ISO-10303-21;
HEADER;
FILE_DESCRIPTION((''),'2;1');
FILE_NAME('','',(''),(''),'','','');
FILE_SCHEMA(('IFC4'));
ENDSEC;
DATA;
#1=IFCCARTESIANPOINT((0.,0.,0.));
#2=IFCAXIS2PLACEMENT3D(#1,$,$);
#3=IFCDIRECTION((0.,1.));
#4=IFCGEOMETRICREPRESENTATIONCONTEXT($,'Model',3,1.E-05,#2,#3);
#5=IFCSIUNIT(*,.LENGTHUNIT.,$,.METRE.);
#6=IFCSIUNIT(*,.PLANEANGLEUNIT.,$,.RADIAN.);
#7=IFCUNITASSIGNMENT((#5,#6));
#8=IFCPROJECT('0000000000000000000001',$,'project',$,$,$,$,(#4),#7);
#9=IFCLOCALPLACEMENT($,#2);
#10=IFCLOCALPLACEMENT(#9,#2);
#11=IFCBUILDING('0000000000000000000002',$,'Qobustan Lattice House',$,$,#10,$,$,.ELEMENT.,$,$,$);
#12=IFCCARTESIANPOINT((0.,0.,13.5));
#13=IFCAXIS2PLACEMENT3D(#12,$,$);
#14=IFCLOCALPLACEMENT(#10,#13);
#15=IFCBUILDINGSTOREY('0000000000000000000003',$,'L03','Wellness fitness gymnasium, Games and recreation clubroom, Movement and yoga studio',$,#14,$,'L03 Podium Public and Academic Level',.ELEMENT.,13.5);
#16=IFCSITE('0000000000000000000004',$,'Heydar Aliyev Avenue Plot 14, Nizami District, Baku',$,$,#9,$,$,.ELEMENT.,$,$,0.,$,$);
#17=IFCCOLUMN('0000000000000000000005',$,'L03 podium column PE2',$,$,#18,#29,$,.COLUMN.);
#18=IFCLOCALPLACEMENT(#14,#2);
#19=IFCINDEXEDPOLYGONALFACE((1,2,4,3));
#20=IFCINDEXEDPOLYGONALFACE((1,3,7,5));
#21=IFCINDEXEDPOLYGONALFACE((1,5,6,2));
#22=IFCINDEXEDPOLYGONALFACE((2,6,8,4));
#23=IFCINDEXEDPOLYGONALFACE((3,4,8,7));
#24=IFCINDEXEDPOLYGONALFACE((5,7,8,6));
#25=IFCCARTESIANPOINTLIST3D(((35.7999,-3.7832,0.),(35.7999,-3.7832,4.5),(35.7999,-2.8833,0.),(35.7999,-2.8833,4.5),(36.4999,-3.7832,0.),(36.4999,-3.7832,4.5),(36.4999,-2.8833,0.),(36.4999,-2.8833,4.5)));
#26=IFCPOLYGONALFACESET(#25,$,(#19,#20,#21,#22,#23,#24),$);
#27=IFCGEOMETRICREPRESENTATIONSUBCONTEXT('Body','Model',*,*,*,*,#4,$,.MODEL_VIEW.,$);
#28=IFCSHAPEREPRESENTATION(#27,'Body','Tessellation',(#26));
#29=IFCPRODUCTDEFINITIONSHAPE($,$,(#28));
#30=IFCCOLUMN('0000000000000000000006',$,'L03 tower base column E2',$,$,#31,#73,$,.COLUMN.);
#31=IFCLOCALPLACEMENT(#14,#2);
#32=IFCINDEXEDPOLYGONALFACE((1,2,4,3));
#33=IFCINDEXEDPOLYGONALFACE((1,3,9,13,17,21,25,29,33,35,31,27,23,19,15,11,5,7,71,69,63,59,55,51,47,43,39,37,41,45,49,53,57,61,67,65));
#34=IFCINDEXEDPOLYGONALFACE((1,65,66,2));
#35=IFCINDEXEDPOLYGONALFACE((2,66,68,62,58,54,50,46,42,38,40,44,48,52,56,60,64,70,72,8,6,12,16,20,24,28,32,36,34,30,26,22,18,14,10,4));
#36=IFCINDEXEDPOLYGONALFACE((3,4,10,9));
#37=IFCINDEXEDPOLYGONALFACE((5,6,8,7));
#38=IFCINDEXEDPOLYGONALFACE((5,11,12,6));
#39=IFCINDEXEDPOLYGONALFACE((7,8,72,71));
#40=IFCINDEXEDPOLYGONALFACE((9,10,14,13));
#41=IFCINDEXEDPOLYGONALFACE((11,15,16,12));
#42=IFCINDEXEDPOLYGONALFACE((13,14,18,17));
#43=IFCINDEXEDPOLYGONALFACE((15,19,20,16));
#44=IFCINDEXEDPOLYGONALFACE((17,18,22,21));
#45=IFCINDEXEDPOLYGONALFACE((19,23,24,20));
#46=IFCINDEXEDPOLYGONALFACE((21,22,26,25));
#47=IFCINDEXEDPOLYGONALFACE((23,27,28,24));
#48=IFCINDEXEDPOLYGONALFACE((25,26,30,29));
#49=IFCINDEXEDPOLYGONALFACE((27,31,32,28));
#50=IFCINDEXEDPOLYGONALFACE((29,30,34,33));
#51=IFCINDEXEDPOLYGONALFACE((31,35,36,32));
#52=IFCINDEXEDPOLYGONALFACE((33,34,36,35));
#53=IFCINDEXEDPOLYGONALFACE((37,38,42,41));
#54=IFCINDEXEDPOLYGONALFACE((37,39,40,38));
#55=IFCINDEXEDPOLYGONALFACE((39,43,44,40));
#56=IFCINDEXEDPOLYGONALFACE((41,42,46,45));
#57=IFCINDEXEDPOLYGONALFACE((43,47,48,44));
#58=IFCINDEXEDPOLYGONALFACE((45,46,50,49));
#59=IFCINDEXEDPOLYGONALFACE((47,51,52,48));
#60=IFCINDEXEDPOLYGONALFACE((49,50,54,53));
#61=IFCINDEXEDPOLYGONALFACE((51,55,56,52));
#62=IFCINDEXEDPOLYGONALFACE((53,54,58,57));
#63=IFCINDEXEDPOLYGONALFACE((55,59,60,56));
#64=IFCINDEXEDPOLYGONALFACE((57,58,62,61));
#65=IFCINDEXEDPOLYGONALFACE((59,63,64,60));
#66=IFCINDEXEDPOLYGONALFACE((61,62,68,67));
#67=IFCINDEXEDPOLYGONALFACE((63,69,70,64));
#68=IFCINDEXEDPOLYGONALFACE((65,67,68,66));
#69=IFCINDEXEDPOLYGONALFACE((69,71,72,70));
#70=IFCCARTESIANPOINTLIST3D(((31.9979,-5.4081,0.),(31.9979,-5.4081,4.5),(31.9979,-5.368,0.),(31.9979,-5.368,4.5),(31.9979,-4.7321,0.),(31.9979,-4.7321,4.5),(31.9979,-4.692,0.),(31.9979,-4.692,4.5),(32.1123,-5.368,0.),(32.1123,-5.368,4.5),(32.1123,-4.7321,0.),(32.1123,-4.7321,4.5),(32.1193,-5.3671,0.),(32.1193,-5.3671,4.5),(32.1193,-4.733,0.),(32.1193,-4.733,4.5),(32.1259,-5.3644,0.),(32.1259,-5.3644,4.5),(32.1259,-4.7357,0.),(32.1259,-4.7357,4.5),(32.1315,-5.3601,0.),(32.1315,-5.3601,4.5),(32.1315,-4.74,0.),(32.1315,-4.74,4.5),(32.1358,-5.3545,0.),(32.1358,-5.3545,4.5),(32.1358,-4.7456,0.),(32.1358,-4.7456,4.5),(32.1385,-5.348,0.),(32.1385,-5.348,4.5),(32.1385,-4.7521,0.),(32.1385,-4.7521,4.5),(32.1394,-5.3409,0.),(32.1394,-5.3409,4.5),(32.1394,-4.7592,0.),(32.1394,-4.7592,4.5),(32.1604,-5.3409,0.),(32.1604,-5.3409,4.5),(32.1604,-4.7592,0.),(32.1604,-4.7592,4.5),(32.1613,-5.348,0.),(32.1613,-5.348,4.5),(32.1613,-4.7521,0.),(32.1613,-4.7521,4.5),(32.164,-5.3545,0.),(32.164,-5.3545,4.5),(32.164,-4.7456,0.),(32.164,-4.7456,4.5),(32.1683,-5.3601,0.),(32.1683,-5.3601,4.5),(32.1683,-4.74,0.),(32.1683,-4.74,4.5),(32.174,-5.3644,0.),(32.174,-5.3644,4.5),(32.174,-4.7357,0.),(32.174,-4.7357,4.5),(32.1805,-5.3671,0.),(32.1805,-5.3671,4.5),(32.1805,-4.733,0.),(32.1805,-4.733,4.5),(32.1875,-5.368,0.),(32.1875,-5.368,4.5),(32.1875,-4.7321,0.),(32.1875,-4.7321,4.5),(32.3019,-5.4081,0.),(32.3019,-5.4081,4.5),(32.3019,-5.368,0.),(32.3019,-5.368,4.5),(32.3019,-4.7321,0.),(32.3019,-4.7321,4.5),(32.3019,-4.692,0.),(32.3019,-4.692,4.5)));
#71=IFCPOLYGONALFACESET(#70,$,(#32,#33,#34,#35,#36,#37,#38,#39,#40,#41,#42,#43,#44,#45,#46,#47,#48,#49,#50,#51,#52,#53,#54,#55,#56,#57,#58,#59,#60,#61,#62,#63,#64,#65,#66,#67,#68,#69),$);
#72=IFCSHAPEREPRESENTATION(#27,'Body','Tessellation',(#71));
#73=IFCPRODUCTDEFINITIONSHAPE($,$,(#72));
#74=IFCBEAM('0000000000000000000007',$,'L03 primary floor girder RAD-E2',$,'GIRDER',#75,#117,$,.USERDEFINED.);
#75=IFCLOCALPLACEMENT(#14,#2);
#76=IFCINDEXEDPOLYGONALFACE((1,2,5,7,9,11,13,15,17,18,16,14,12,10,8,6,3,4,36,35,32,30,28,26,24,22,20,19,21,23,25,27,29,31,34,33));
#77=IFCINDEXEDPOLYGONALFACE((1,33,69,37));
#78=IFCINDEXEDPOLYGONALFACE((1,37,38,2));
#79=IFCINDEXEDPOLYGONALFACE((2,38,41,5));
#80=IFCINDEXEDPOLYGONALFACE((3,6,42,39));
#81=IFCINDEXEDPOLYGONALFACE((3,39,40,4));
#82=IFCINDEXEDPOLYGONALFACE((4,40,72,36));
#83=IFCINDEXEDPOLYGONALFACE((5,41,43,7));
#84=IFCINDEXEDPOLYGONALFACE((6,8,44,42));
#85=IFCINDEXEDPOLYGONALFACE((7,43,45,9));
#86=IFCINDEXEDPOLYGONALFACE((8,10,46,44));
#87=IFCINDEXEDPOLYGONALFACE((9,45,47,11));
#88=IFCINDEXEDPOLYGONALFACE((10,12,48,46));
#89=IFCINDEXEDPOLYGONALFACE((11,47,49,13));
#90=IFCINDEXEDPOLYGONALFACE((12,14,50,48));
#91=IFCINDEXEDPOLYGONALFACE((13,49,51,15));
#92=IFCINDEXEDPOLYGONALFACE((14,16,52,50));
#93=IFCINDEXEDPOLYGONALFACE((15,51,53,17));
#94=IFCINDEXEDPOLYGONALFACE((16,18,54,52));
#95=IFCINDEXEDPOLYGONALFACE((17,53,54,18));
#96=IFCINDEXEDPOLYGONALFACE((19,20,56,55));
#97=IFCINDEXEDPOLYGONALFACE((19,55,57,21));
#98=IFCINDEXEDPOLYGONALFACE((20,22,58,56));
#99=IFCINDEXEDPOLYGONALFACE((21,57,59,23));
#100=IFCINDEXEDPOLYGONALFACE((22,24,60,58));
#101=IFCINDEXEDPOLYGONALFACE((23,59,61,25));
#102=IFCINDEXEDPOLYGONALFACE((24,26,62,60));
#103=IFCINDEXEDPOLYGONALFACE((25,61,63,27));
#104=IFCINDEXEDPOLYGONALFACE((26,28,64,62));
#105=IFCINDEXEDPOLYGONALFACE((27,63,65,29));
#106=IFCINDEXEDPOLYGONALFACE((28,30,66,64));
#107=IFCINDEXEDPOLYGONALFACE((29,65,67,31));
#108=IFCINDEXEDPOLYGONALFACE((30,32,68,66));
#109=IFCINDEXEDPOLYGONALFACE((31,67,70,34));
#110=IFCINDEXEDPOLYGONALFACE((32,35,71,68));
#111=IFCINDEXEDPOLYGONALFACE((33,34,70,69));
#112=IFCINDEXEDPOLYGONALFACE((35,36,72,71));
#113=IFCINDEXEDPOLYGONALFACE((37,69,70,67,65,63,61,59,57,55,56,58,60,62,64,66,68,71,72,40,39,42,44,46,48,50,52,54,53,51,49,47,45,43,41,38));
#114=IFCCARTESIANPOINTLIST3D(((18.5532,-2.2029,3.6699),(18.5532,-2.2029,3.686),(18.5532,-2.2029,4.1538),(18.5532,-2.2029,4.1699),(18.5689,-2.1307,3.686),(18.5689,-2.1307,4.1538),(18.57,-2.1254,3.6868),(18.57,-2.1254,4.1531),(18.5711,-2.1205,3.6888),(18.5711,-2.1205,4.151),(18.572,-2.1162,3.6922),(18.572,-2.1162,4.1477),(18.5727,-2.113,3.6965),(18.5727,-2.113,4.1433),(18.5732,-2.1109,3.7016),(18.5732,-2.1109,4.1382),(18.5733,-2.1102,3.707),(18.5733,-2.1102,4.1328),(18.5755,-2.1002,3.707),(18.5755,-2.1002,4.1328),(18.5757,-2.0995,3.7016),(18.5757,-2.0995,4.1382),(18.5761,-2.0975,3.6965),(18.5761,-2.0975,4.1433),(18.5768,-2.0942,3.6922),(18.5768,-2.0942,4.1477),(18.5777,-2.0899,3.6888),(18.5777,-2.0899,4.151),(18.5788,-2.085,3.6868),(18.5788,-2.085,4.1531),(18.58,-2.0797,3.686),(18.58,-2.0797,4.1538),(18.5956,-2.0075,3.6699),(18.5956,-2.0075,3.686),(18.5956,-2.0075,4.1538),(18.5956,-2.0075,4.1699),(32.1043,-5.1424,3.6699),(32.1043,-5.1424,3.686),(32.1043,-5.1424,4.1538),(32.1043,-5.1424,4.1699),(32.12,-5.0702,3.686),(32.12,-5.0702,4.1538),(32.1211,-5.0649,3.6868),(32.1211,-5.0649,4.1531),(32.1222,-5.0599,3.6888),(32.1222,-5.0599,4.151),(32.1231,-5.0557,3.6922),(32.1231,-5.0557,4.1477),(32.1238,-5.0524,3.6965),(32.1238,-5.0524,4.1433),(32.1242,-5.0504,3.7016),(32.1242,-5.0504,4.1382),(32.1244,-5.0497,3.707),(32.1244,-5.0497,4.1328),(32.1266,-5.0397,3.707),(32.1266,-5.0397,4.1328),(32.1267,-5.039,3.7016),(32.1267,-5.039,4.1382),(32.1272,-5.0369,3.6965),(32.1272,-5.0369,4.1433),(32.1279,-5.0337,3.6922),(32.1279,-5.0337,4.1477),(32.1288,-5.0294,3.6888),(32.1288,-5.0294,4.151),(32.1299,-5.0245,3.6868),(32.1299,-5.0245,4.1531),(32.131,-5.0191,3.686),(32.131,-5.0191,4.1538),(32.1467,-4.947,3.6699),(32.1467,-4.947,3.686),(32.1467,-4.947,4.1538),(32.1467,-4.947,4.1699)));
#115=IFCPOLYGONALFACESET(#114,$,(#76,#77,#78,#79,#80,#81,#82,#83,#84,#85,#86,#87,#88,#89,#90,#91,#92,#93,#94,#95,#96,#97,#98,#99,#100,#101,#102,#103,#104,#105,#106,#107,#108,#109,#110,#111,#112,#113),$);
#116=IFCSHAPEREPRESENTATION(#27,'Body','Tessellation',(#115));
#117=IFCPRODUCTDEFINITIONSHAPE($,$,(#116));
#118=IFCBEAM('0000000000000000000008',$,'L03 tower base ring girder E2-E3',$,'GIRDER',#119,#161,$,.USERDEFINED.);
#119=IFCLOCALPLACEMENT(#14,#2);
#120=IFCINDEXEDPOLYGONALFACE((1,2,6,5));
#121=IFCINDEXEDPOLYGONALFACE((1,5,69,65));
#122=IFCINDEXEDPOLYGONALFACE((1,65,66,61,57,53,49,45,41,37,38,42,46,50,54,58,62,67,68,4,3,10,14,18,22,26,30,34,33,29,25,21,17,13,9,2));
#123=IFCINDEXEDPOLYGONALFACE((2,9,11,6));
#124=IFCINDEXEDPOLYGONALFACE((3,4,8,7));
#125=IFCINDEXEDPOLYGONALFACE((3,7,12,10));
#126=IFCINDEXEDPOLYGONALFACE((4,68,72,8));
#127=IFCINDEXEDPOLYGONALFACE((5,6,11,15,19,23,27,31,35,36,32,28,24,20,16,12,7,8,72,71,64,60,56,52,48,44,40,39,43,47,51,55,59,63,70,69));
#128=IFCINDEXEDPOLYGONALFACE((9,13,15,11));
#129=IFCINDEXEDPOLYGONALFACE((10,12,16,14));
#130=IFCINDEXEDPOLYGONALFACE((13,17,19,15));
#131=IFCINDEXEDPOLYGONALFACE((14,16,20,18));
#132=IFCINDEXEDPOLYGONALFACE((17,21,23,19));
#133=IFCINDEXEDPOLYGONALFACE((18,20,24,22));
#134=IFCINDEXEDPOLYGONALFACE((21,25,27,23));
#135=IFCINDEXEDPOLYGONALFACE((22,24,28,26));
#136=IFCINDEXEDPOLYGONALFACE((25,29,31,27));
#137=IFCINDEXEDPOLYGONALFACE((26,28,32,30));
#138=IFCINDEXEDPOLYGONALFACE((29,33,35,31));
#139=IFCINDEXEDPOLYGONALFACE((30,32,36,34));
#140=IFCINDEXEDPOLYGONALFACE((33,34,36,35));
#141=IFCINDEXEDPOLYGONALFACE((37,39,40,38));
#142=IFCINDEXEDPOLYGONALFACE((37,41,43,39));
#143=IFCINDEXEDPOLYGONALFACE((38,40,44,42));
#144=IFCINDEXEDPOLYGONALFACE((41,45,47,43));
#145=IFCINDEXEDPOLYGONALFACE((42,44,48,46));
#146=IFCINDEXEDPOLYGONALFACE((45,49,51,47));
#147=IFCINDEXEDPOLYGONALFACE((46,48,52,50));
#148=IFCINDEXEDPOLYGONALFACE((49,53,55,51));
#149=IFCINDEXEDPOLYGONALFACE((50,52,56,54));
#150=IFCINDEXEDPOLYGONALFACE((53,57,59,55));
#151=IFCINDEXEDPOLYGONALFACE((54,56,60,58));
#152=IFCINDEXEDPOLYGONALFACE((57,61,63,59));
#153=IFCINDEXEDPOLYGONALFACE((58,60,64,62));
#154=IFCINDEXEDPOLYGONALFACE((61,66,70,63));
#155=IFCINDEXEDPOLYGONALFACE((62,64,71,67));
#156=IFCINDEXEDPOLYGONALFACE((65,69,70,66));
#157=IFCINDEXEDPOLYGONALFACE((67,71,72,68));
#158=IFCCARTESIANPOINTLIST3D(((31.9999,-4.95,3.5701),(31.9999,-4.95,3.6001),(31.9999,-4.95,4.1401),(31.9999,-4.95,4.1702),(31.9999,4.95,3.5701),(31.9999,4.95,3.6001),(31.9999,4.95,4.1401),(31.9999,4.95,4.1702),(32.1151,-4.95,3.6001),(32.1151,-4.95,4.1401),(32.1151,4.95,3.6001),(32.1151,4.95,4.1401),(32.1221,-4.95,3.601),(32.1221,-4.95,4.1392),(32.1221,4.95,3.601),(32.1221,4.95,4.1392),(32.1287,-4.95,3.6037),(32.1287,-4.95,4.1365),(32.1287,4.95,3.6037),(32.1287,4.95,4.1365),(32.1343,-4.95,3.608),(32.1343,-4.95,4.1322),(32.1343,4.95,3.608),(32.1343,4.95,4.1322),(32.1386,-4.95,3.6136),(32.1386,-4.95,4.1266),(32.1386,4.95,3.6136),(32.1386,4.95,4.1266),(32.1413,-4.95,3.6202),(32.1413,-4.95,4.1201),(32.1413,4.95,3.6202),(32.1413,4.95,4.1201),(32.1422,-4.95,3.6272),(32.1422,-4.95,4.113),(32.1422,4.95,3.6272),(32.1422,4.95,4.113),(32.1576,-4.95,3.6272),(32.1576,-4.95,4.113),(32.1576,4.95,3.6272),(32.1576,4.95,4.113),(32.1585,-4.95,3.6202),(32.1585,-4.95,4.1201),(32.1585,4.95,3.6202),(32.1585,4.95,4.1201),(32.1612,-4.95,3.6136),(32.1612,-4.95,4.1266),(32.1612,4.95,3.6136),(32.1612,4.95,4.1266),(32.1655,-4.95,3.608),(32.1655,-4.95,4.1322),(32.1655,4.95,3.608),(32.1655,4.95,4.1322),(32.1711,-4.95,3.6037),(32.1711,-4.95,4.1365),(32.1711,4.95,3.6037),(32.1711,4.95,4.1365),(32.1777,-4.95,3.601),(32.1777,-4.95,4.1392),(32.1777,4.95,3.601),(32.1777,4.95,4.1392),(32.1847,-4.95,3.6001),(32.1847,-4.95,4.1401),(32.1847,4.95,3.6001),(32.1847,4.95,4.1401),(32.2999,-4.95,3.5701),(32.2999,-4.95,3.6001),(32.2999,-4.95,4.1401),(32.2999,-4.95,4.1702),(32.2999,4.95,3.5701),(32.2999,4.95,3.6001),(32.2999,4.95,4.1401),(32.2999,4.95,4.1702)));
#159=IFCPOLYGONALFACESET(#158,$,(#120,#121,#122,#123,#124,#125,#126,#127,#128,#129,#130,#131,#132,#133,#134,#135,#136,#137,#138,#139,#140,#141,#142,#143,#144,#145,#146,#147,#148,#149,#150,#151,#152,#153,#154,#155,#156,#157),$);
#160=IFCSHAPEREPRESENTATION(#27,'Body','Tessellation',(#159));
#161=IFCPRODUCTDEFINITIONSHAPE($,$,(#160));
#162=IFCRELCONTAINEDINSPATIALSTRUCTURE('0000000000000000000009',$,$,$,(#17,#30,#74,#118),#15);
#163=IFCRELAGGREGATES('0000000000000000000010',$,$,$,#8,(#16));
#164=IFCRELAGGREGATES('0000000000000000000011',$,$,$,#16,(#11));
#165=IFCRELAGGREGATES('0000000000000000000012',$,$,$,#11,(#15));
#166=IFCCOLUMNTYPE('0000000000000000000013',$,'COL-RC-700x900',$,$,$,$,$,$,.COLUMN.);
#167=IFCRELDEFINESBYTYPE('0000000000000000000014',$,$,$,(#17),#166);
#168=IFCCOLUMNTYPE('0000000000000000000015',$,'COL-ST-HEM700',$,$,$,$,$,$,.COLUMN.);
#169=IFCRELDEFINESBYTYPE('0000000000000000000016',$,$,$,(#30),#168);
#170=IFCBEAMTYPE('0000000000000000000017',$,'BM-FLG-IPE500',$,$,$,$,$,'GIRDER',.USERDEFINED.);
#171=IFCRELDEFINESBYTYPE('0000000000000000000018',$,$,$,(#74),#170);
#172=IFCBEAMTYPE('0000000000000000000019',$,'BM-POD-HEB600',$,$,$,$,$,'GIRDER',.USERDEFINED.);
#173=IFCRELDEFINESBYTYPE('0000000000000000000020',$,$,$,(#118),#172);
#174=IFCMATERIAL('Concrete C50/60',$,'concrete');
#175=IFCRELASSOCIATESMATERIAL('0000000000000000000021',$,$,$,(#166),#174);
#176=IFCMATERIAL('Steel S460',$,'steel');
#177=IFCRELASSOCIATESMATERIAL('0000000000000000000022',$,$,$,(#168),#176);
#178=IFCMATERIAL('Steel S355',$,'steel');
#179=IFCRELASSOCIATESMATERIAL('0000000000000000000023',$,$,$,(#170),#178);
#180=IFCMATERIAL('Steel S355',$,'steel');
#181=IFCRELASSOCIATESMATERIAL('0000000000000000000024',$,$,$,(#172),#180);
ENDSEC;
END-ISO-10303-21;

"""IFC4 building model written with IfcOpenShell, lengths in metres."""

from ifc_helpers import new_model, si_unit, direction, frame, origin, origin_2d, place, context, subcontext, project, spatial, rectangle, i_section, extrude, material, material_profile, profile_set, type_object, element, save


model = new_model("IFC4")

# Units and contexts
model_context = context("Model", 3, precision=1e-05, world=origin(), true_north=direction((0.0, 1.0)))
body_context = subcontext(model_context, "Body", "Model", "MODEL_VIEW")
ifc_project = project(units=[si_unit("LENGTHUNIT", "METRE"), si_unit("PLANEANGLEUNIT", "RADIAN")], contexts=[model_context])

# Site, building, storey
site_placement = place(None, origin())
site = spatial("IfcSite", under=ifc_project, at=site_placement, Name="Heydar Aliyev Avenue Plot 14, Nizami District, Baku", CompositionType="ELEMENT", RefElevation=0.0)
building_placement = place(site_placement, origin())
building = spatial("IfcBuilding", under=site, at=building_placement, Name="Qobustan Lattice House", CompositionType="ELEMENT")
storey_placement = place(building_placement, frame((0.0, 0.0, 13.5)))
storey = spatial("IfcBuildingStorey", under=building, at=storey_placement, Name="L03", Description="Wellness fitness gymnasium, Games and recreation clubroom, Movement and yoga studio", LongName="L03 Podium Public and Academic Level", CompositionType="ELEMENT", Elevation=13.5)

# Columns
ifc_material_1 = material(Name="Concrete C50/60", Category="concrete")
ifc_material_profile_1 = material_profile(ifc_material_1, rectangle(XDim=0.7, YDim=0.8999, at=origin_2d()), Name="RC700x900")
ifc_profile_set_1 = profile_set([ifc_material_profile_1], Name="Concrete C50/60")
column_type_1 = type_object("IfcColumnType", Name="COL-RC-700x900", PredefinedType="COLUMN", material=ifc_profile_set_1)
column_1_placement = place(storey_placement, frame((36.1499, -3.3333, 0.0), z_axis=(0.0, 0.0, 1.0), x_axis=(1.0, 0.0, 0.0)))
element("IfcColumn", 1, at=column_1_placement, inside=storey, type_object=column_type_1, Name="L03 podium column PE2", PredefinedType="COLUMN", context=body_context, shape_type="SweptSolid", body=[
    extrude(rectangle(XDim=0.7, YDim=0.8999, at=origin_2d()), origin(), (0.0, 0.0, 1.0), 4.5),
])
ifc_material_2 = material(Name="Steel S460", Category="steel")
ifc_material_profile_2 = material_profile(ifc_material_2, i_section(OverallWidth=0.304, OverallDepth=0.7161, WebThickness=0.021, FlangeThickness=0.04, FilletRadius=0.0271, at=origin_2d()), Name="HEM700")
ifc_profile_set_2 = profile_set([ifc_material_profile_2], Name="Steel S460")
column_type_2 = type_object("IfcColumnType", Name="COL-ST-HEM700", PredefinedType="COLUMN", material=ifc_profile_set_2)
column_2_placement = place(storey_placement, frame((32.1499, -5.05, 0.0), z_axis=(0.0, 0.0, 1.0), x_axis=(1.0, 0.0, 0.0)))
element("IfcColumn", 2, at=column_2_placement, inside=storey, type_object=column_type_2, Name="L03 tower base column E2", PredefinedType="COLUMN", context=body_context, shape_type="SweptSolid", body=[
    extrude(i_section(OverallWidth=0.304, OverallDepth=0.7161, WebThickness=0.021, FlangeThickness=0.04, FilletRadius=0.0271, at=origin_2d()), origin(), (0.0, 0.0, 1.0), 4.5),
])

# Beams
ifc_material_3 = material(Name="Steel S355", Category="steel")
ifc_material_profile_3 = material_profile(ifc_material_3, i_section(OverallWidth=0.2, OverallDepth=0.5, WebThickness=0.0103, FlangeThickness=0.0161, FilletRadius=0.021, at=origin_2d()), Name="IPE500")
ifc_profile_set_3 = profile_set([ifc_material_profile_3], Name="Steel S355")
beam_type_1 = type_object("IfcBeamType", Name="BM-FLG-IPE500", ElementType="GIRDER", PredefinedType="USERDEFINED", material=ifc_profile_set_3)
beam_1_placement = place(storey_placement, frame((32.1255, -5.0447, 3.9199), z_axis=(-0.977272, 0.211987, 0.0), x_axis=(-0.211987, -0.977272, 0.0)))
element("IfcBeam", 3, at=beam_1_placement, inside=storey, type_object=beam_type_1, Name="L03 primary floor girder RAD-E2", ObjectType="GIRDER", PredefinedType="USERDEFINED", context=body_context, shape_type="SweptSolid", body=[
    extrude(i_section(OverallWidth=0.2, OverallDepth=0.5, WebThickness=0.0103, FlangeThickness=0.0161, FilletRadius=0.021, at=origin_2d()), origin(), (0.0, 0.0, 1.0), 13.8662),
])
ifc_material_4 = material(Name="Steel S355", Category="steel")
ifc_material_profile_4 = material_profile(ifc_material_4, i_section(OverallWidth=0.3, OverallDepth=0.6001, WebThickness=0.0154, FlangeThickness=0.03, FilletRadius=0.0271, at=origin_2d()), Name="HEB600")
ifc_profile_set_4 = profile_set([ifc_material_profile_4], Name="Steel S355")
beam_type_2 = type_object("IfcBeamType", Name="BM-POD-HEB600", ElementType="GIRDER", PredefinedType="USERDEFINED", material=ifc_profile_set_4)
beam_2_placement = place(storey_placement, frame((32.1499, -4.95, 3.8701), z_axis=(0.0, 1.0, 0.0), x_axis=(-1.0, 0.0, 0.0)))
element("IfcBeam", 4, at=beam_2_placement, inside=storey, type_object=beam_type_2, Name="L03 tower base ring girder E2-E3", ObjectType="GIRDER", PredefinedType="USERDEFINED", context=body_context, shape_type="SweptSolid", body=[
    extrude(i_section(OverallWidth=0.3, OverallDepth=0.6001, WebThickness=0.0154, FlangeThickness=0.03, FilletRadius=0.0271, at=origin_2d()), origin(), (0.0, 0.0, 1.0), 9.8999),
])

save(model, "model.ifc")
